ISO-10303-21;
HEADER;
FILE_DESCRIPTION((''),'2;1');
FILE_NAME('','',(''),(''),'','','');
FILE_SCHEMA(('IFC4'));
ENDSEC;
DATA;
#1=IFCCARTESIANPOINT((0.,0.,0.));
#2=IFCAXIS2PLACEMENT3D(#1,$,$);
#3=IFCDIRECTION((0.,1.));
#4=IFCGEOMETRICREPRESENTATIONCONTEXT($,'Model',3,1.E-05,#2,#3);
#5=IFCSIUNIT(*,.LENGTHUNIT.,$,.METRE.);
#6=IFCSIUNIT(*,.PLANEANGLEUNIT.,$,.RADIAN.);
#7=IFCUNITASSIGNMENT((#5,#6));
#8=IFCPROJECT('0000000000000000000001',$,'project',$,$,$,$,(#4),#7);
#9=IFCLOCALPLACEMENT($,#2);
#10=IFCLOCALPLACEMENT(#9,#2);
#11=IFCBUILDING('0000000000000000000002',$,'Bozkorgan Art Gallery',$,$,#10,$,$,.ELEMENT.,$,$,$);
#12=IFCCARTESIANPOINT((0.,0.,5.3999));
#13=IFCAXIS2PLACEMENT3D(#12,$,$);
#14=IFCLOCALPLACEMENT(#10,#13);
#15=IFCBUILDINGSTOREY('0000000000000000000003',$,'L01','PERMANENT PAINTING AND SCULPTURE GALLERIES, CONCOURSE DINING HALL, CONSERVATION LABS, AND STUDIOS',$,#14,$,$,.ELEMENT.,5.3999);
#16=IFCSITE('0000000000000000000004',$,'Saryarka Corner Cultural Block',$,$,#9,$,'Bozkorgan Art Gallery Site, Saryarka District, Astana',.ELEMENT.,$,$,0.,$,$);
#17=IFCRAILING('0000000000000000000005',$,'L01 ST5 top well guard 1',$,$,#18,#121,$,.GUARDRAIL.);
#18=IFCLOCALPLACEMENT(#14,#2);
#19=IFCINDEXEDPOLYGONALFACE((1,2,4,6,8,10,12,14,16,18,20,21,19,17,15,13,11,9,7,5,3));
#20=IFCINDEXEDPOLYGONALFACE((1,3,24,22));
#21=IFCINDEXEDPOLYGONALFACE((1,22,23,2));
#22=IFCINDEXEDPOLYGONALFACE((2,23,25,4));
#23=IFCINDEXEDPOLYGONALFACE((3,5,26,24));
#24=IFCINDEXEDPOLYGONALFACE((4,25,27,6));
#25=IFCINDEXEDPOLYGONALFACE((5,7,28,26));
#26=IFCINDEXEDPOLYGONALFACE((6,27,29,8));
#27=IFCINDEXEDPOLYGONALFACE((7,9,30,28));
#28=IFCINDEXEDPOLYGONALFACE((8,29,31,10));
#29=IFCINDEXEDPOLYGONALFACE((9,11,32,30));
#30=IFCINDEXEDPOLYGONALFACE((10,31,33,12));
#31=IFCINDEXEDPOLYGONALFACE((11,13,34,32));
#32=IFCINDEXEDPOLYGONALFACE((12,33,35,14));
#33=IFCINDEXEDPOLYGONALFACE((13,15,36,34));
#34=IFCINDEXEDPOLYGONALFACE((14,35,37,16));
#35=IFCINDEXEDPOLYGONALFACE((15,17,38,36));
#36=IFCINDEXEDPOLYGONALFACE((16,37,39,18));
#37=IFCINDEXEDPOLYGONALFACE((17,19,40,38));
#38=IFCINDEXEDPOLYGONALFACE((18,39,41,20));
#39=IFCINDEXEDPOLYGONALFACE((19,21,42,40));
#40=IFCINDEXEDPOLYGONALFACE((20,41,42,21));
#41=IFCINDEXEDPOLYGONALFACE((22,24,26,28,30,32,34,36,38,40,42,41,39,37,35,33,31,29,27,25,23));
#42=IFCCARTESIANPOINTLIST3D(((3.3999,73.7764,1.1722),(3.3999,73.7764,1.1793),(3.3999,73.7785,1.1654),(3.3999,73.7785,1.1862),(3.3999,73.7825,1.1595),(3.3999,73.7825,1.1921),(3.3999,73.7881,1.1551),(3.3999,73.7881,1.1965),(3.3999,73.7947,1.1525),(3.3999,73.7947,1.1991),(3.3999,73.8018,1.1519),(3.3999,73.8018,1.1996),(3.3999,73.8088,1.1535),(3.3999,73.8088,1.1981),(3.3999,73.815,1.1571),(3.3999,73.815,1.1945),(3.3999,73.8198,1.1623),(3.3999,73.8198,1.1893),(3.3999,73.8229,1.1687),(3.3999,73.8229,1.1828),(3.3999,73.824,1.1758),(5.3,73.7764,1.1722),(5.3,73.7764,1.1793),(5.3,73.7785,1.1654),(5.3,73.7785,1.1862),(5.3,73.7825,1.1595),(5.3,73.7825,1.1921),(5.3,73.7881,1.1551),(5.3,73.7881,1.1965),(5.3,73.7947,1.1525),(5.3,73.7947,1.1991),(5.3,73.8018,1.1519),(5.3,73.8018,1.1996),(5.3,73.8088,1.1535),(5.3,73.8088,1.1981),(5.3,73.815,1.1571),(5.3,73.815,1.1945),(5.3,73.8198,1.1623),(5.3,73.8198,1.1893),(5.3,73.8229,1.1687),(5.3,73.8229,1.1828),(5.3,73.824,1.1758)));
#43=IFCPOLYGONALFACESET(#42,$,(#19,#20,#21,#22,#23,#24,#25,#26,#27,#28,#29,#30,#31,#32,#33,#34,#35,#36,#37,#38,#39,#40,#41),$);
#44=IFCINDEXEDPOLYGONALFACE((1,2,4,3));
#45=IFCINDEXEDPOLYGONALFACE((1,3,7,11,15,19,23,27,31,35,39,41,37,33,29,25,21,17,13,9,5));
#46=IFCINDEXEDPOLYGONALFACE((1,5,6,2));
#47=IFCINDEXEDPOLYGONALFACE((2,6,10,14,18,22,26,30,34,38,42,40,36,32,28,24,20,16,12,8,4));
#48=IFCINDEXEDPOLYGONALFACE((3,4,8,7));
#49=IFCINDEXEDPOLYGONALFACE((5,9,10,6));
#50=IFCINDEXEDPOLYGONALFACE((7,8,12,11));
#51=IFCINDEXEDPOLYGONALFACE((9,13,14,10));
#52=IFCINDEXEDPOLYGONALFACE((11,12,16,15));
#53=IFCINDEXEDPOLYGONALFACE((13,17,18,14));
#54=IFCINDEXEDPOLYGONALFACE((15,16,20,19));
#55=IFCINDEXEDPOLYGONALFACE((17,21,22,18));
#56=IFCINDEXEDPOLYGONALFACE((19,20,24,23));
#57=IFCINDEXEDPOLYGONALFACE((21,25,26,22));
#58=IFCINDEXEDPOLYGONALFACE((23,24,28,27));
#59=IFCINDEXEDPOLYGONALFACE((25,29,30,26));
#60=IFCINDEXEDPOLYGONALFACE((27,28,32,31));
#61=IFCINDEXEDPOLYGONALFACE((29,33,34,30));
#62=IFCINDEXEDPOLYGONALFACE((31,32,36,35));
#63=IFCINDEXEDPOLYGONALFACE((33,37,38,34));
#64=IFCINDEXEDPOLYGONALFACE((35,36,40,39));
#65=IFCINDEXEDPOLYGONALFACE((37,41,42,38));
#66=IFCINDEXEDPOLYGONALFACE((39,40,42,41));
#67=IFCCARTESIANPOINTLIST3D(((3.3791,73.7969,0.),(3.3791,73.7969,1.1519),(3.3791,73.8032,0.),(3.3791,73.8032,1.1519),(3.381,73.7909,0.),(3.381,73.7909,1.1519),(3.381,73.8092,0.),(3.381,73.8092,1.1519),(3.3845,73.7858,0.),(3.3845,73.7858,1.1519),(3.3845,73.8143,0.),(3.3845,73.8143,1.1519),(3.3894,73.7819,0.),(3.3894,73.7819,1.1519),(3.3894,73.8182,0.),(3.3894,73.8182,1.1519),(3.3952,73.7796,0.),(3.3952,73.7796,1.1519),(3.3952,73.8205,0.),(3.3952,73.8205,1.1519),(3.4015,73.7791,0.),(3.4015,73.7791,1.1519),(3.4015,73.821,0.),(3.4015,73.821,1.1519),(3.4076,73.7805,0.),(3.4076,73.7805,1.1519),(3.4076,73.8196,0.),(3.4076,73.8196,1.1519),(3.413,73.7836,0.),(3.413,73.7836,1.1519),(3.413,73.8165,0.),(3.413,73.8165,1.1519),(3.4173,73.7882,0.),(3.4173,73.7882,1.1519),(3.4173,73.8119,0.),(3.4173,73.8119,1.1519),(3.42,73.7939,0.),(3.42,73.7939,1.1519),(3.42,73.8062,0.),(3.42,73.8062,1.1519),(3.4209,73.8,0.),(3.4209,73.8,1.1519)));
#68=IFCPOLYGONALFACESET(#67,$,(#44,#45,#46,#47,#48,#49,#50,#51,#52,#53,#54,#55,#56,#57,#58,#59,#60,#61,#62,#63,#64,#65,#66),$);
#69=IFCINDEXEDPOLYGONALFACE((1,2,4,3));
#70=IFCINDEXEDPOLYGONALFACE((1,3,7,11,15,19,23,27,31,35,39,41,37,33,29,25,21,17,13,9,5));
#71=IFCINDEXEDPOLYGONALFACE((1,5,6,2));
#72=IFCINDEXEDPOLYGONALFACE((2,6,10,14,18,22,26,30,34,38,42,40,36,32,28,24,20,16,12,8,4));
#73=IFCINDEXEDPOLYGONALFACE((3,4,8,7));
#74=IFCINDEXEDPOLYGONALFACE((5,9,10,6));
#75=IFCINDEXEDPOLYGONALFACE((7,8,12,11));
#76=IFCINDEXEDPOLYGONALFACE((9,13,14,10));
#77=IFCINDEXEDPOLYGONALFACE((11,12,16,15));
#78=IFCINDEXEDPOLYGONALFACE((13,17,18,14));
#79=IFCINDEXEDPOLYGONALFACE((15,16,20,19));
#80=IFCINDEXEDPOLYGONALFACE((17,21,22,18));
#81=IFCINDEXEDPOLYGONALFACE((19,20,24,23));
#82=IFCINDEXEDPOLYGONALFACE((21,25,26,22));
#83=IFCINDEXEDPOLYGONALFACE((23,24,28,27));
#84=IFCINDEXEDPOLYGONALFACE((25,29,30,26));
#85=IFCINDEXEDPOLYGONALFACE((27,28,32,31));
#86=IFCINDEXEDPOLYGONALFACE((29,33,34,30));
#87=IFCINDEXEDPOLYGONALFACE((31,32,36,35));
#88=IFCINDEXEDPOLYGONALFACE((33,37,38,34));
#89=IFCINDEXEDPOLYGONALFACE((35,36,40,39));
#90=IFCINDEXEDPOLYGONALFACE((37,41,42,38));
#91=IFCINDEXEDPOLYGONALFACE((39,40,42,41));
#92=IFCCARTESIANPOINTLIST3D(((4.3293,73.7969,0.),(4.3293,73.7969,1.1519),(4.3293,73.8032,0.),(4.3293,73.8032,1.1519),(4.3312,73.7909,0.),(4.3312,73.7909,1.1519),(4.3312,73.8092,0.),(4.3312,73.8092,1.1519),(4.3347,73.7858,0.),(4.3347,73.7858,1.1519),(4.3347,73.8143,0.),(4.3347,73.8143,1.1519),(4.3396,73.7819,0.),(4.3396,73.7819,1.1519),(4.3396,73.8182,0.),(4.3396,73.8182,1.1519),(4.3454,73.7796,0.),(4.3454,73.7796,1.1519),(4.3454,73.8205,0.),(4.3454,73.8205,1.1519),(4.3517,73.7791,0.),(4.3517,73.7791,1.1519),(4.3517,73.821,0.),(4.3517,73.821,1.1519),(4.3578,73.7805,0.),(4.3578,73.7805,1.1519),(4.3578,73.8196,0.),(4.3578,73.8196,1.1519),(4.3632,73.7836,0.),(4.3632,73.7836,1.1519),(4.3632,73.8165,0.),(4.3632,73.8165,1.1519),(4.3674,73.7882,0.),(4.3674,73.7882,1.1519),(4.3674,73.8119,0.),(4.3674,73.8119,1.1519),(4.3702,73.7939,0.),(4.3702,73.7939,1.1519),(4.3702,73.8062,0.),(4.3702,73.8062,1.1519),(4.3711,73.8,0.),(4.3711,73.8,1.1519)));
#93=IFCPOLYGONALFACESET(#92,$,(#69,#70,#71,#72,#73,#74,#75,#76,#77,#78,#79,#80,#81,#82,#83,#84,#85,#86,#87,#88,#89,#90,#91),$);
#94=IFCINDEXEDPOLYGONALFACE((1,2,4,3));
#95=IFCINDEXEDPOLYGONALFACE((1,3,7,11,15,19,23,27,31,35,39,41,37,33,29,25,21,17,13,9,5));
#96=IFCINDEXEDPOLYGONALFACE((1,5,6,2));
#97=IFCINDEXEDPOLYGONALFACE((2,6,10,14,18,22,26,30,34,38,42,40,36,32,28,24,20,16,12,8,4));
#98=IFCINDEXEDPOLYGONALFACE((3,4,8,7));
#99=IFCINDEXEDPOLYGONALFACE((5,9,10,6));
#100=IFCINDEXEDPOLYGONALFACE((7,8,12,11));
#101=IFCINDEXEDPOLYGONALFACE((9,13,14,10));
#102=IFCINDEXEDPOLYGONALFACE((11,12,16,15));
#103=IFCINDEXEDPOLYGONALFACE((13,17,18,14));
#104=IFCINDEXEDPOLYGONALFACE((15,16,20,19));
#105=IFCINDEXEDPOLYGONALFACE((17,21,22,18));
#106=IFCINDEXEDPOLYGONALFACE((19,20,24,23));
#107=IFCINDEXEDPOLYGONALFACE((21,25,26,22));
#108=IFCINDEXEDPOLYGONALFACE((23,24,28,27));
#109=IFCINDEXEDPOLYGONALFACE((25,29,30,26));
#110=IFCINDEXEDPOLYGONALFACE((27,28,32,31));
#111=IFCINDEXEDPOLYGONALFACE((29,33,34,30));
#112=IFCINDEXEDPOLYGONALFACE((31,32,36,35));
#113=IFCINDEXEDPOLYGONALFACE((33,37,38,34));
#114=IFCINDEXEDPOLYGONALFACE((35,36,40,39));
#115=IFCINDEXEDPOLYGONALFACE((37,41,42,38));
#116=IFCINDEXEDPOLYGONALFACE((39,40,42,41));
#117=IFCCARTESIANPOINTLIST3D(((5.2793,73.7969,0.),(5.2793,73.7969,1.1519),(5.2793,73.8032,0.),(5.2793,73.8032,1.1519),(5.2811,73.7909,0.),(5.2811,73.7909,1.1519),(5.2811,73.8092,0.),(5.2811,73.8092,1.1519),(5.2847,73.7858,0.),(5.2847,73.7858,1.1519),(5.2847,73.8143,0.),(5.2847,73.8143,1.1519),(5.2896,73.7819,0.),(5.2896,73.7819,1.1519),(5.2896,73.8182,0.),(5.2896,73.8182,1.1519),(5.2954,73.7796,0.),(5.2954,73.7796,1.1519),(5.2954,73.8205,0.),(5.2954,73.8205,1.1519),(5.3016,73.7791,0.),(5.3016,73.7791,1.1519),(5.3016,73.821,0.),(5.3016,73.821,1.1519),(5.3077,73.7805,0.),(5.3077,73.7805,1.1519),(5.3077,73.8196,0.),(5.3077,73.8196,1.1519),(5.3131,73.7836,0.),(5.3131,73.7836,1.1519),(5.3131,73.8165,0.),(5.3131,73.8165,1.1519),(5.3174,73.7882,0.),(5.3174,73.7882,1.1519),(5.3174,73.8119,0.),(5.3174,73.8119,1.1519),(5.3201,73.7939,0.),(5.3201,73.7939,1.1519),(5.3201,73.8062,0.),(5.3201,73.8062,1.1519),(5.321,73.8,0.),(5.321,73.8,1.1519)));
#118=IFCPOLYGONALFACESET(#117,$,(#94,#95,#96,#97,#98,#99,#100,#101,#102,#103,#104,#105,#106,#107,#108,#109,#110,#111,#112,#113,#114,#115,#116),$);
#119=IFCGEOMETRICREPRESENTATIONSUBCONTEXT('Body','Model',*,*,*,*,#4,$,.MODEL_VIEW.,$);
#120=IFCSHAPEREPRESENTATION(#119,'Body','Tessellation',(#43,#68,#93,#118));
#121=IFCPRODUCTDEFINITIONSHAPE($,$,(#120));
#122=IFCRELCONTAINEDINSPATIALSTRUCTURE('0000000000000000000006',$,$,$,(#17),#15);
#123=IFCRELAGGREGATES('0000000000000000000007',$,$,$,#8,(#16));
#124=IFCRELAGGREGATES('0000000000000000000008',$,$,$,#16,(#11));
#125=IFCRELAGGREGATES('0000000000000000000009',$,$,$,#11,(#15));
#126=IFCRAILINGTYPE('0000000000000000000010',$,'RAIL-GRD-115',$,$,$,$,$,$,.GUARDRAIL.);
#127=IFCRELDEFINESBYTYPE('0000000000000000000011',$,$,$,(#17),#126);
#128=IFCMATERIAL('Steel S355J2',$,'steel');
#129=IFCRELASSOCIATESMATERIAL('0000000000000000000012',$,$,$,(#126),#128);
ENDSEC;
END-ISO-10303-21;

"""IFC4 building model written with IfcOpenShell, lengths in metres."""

from ifc_helpers import new_model, si_unit, direction, frame, origin, origin_2d, place, context, subcontext, project, spatial, circle, extrude, material, type_object, element, save


model = new_model("IFC4")

# Units and contexts
model_context = context("Model", 3, precision=1e-05, world=origin(), true_north=direction((0.0, 1.0)))
body_context = subcontext(model_context, "Body", "Model", "MODEL_VIEW")
ifc_project = project(units=[si_unit("LENGTHUNIT", "METRE"), si_unit("PLANEANGLEUNIT", "RADIAN")], contexts=[model_context])

# Site, building, storey
site_placement = place(None, origin())
site = spatial("IfcSite", under=ifc_project, at=site_placement, Name="Saryarka Corner Cultural Block", LongName="Bozkorgan Art Gallery Site, Saryarka District, Astana", CompositionType="ELEMENT", RefElevation=0.0)
building_placement = place(site_placement, origin())
building = spatial("IfcBuilding", under=site, at=building_placement, Name="Bozkorgan Art Gallery", CompositionType="ELEMENT")
storey_placement = place(building_placement, frame((0.0, 0.0, 5.3999)))
storey = spatial("IfcBuildingStorey", under=building, at=storey_placement, Name="L01", Description="PERMANENT PAINTING AND SCULPTURE GALLERIES, CONCOURSE DINING HALL, CONSERVATION LABS, AND STUDIOS", CompositionType="ELEMENT", Elevation=5.3999)

# Shared definitions
ifc_material_1 = material(Name="Steel S355J2", Category="steel")

# Railing
railing_type = type_object("IfcRailingType", Name="RAIL-GRD-115", PredefinedType="GUARDRAIL", material=ifc_material_1)
railing_placement = place(storey_placement, frame((3.3999, 73.8, 0.0)))
element("IfcRailing", 1, at=railing_placement, inside=storey, type_object=railing_type, Name="L01 ST5 top well guard 1", PredefinedType="GUARDRAIL", context=body_context, shape_type="SweptSolid", body=[
    extrude(circle(Radius=0.0239, at=origin_2d()), frame((0.0, 0.0, 1.1758), z_axis=(1.0, 0.0, 0.0), x_axis=(0.0, 1.0, 0.0)), (0.0, 0.0, 1.0), 1.9001),
    extrude(circle(Radius=0.021, at=origin_2d()), origin(), (0.0, 0.0, 1.0), 1.1519),
    extrude(circle(Radius=0.021, at=origin_2d()), frame((0.9502, 0.0, 0.0)), (0.0, 0.0, 1.0), 1.1519),
    extrude(circle(Radius=0.021, at=origin_2d()), frame((1.9001, 0.0, 0.0)), (0.0, 0.0, 1.0), 1.1519),
])

save(model, "model.ifc")
